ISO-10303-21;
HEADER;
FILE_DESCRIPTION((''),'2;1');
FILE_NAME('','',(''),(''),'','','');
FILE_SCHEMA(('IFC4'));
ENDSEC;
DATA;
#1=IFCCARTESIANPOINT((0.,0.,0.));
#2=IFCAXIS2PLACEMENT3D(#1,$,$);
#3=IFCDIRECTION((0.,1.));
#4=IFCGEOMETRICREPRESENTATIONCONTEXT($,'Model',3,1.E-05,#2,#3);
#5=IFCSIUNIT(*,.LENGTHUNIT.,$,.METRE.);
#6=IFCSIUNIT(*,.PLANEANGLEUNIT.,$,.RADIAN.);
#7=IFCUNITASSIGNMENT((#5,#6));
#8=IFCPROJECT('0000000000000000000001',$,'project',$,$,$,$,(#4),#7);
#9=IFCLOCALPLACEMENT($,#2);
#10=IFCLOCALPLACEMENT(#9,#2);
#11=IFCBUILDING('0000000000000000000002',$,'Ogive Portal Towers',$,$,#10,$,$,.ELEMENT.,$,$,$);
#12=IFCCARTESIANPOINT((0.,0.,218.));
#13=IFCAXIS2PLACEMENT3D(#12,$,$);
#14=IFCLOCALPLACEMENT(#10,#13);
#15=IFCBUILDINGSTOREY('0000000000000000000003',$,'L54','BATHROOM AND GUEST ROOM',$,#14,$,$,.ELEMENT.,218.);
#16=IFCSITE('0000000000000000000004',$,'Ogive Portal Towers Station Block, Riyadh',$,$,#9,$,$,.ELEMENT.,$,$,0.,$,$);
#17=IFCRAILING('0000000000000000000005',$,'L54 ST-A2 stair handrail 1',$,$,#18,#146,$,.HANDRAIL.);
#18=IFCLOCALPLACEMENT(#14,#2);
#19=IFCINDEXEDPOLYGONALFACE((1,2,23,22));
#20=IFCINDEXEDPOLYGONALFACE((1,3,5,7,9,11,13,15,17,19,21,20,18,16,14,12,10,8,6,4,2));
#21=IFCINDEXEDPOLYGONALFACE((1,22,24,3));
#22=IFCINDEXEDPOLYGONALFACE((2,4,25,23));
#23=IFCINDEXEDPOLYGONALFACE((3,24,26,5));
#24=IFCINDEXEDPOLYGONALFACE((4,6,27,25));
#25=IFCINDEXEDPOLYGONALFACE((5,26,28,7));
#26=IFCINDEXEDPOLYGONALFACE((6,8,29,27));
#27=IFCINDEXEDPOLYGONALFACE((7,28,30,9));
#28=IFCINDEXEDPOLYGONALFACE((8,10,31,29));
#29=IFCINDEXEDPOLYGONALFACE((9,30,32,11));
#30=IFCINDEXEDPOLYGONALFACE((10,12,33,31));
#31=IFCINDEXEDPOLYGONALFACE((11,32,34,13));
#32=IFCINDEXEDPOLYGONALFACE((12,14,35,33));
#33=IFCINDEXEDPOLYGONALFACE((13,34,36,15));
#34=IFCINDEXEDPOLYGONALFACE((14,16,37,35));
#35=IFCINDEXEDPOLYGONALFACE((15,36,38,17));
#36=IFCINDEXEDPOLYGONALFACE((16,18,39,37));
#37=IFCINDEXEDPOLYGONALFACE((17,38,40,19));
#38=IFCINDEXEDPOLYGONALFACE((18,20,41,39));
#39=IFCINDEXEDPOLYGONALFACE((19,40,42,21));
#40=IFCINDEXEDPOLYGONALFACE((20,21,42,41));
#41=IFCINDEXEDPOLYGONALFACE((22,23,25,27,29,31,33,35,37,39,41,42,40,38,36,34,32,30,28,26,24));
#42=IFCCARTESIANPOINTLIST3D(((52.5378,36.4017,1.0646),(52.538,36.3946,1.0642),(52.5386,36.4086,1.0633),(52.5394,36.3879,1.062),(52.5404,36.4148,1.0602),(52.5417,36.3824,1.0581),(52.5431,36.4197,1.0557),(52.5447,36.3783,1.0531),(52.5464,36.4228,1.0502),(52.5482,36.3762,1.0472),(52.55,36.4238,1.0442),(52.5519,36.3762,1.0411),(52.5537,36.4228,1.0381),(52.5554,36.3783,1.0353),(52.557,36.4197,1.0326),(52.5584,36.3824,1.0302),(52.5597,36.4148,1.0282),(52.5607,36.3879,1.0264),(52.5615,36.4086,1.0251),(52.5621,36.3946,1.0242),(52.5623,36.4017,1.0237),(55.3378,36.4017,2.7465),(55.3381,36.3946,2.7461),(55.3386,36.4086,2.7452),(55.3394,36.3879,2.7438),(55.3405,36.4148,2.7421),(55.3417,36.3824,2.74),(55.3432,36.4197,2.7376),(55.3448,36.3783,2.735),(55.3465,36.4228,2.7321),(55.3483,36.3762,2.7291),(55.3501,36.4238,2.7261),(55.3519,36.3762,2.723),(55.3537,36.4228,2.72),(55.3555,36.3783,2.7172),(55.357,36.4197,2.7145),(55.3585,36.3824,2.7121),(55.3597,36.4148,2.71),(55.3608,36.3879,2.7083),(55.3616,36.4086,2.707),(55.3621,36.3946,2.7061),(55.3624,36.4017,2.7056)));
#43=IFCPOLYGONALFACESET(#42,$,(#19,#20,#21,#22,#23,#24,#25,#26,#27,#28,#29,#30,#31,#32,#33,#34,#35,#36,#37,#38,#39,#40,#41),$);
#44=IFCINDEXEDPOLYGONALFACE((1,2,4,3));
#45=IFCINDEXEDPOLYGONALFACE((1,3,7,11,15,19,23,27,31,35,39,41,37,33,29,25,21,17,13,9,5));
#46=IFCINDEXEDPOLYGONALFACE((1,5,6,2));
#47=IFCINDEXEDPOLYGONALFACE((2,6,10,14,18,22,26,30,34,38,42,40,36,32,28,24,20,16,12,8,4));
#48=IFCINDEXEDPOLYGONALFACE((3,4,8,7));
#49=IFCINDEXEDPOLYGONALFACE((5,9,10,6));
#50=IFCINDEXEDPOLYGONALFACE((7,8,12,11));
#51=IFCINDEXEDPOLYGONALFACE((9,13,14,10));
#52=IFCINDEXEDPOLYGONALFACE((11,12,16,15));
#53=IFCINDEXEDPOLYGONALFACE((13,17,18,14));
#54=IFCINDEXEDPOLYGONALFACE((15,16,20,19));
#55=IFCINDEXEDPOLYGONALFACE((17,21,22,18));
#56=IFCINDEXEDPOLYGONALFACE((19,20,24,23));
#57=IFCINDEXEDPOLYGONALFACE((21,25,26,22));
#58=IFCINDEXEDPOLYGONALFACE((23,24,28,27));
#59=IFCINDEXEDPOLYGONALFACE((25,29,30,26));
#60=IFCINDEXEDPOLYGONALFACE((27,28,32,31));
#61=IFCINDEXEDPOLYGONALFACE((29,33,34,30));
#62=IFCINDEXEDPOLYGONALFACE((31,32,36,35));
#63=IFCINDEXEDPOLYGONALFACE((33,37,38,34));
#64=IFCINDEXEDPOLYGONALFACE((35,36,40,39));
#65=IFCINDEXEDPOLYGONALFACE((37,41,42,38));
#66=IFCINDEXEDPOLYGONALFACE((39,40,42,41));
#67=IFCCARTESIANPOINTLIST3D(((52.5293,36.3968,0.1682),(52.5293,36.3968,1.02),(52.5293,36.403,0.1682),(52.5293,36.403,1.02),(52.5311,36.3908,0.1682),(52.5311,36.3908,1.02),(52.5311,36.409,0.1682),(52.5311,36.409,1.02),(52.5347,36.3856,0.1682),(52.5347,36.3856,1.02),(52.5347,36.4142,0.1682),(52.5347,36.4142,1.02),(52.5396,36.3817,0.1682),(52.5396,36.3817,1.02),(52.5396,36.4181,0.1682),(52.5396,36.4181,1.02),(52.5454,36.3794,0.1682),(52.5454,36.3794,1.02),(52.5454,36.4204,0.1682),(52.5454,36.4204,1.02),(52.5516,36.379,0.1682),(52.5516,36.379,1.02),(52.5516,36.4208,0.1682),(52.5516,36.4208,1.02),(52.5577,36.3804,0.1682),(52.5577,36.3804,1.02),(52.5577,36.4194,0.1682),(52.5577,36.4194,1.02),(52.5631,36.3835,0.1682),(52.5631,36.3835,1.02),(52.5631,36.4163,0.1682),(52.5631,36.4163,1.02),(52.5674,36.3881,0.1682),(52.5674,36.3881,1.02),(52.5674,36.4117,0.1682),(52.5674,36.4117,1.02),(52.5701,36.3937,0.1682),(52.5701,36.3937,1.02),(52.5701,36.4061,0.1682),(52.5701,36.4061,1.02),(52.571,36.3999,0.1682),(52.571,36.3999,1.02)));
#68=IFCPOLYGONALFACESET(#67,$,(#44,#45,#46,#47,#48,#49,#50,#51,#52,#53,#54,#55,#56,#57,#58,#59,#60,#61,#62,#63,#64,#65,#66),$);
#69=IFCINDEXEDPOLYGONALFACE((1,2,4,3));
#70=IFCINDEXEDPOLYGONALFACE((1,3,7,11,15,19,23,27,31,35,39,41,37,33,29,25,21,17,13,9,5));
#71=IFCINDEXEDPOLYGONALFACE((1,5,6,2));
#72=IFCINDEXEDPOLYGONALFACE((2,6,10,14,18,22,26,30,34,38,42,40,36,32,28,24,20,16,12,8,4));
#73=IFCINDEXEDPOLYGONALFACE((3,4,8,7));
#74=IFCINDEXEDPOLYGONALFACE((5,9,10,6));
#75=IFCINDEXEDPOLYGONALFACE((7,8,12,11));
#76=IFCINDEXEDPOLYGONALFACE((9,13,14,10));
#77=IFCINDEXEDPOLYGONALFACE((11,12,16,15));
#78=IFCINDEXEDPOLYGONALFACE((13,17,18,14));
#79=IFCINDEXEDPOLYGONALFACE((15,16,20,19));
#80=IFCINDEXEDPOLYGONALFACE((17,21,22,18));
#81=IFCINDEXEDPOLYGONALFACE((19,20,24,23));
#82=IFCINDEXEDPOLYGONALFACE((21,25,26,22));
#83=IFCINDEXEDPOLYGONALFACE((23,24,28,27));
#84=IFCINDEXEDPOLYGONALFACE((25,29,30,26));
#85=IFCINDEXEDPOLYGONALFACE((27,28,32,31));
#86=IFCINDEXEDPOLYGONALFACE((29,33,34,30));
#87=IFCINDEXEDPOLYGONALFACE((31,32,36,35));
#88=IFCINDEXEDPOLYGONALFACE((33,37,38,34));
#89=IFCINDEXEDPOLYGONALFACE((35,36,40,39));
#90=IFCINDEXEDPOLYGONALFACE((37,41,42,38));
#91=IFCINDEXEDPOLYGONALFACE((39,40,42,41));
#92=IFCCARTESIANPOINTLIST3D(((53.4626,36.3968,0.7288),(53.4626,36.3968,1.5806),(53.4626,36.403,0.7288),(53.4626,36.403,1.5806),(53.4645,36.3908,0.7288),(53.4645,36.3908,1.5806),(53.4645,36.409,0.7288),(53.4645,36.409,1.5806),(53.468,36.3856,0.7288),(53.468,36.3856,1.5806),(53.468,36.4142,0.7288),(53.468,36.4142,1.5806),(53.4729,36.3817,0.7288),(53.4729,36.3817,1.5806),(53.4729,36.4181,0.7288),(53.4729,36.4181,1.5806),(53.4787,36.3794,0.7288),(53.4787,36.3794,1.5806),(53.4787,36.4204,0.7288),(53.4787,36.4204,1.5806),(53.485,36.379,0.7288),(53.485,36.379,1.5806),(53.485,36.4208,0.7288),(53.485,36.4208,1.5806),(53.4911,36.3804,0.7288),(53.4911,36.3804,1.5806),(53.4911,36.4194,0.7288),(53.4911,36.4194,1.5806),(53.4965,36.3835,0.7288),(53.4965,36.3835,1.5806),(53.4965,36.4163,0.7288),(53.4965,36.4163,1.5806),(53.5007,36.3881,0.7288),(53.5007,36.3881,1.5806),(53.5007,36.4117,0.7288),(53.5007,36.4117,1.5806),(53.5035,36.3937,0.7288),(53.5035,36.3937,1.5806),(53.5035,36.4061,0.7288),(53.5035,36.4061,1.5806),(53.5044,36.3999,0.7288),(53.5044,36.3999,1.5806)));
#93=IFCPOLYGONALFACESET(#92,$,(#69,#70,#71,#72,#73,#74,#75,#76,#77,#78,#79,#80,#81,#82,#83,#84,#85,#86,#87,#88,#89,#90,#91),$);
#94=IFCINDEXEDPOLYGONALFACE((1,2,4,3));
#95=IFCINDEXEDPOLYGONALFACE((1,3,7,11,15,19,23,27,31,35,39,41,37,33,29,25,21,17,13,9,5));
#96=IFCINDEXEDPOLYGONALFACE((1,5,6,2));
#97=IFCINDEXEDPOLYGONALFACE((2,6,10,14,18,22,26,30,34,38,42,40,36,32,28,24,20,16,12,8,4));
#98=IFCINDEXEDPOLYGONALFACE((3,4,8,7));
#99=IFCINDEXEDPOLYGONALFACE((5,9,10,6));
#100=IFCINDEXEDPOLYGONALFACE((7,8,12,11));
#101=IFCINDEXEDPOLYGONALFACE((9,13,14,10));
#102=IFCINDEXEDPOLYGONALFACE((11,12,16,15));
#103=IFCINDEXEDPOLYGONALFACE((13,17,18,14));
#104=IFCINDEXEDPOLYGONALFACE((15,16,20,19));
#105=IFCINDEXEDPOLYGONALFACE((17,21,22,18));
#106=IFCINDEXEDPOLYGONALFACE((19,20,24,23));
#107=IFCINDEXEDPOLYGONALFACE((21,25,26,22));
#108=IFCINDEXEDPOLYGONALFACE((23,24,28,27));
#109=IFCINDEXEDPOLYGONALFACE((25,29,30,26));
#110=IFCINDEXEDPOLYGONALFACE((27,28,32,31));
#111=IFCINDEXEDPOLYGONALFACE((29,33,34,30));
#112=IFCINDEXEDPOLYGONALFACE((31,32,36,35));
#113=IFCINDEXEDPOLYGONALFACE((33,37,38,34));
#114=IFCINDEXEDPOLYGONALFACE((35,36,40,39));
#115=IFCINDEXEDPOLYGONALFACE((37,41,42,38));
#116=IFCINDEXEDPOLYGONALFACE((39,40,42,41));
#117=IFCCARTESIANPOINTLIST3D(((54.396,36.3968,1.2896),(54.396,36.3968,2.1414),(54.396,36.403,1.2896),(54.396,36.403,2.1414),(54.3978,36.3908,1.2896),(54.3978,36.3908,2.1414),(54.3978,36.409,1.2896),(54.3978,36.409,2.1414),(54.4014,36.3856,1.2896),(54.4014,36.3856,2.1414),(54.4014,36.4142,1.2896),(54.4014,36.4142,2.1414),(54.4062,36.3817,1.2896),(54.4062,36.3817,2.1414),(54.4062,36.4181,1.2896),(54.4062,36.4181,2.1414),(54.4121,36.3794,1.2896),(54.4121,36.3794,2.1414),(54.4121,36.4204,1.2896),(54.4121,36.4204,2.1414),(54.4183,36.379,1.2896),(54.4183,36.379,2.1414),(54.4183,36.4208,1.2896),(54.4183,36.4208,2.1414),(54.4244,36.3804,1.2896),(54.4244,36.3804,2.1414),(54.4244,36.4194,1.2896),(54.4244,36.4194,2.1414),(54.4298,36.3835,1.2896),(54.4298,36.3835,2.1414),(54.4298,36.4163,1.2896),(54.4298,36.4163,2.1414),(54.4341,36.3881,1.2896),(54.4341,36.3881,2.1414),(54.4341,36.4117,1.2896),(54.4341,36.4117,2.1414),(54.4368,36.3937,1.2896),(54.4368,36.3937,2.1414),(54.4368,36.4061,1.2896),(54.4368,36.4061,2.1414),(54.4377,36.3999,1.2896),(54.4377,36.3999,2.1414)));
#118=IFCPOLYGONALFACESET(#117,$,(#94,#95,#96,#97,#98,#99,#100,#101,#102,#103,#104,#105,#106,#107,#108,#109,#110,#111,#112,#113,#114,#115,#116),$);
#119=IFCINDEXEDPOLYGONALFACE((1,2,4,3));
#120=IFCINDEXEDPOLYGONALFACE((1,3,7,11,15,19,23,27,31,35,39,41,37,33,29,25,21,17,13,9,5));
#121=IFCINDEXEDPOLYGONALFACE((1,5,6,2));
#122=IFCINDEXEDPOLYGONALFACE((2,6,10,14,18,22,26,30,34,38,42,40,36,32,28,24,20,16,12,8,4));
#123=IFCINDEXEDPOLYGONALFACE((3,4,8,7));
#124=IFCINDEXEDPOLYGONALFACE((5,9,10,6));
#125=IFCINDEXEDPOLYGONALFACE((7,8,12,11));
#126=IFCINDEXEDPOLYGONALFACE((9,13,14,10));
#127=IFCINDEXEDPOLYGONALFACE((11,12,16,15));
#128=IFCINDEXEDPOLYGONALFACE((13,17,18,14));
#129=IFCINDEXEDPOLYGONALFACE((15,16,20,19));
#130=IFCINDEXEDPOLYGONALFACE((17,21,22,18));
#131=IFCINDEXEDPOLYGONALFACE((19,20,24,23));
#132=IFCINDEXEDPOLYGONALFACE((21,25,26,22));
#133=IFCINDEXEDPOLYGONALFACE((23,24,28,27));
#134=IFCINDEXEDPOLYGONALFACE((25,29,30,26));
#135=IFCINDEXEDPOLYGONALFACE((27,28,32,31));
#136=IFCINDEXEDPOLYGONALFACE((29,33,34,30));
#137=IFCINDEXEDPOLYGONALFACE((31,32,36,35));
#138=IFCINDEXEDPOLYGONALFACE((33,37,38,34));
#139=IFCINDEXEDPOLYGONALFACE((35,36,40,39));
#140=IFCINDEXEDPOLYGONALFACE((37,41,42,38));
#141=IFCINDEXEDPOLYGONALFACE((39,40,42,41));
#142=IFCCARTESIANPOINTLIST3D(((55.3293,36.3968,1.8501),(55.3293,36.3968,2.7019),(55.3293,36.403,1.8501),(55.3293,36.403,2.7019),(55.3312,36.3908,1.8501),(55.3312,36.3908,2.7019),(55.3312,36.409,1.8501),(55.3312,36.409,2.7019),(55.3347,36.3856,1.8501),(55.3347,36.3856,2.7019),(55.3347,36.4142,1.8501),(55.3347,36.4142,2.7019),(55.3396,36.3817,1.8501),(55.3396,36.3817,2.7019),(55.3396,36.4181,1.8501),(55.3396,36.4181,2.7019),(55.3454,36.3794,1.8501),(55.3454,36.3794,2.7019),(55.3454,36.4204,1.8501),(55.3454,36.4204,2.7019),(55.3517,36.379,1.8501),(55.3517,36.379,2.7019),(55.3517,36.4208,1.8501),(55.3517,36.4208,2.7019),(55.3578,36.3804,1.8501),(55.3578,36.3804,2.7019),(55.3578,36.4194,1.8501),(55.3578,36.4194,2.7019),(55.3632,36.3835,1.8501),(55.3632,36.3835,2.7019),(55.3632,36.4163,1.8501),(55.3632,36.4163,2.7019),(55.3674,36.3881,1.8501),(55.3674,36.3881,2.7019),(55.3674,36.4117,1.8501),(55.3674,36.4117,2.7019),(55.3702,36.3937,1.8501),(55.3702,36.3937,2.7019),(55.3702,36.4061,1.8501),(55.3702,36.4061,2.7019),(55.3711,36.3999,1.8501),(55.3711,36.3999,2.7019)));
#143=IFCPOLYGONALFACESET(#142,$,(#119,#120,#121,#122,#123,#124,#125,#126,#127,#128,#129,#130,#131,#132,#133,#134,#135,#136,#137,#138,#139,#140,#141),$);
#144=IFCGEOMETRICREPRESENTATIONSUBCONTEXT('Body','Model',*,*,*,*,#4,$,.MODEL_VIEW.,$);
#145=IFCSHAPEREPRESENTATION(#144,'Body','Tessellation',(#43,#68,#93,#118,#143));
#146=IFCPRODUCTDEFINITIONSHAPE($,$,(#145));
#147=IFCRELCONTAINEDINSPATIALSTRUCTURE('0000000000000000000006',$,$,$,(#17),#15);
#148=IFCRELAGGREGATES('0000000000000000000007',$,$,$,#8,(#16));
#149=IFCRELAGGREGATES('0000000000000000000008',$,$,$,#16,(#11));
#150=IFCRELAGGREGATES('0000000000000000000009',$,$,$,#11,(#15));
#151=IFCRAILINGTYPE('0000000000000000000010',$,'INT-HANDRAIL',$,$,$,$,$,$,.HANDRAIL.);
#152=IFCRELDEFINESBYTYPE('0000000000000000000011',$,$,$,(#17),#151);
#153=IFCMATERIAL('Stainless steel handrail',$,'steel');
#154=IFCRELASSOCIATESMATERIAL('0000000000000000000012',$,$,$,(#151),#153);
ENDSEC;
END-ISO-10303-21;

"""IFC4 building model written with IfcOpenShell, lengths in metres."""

from ifc_helpers import new_model, si_unit, direction, frame, origin, origin_2d, place, context, subcontext, project, spatial, circle, extrude, material, type_object, element, save


model = new_model("IFC4")

# Units and contexts
model_context = context("Model", 3, precision=1e-05, world=origin(), true_north=direction((0.0, 1.0)))
body_context = subcontext(model_context, "Body", "Model", "MODEL_VIEW")
ifc_project = project(units=[si_unit("LENGTHUNIT", "METRE"), si_unit("PLANEANGLEUNIT", "RADIAN")], contexts=[model_context])

# Site, building, storey
site_placement = place(None, origin())
site = spatial("IfcSite", under=ifc_project, at=site_placement, Name="Ogive Portal Towers Station Block, Riyadh", CompositionType="ELEMENT", RefElevation=0.0)
building_placement = place(site_placement, origin())
building = spatial("IfcBuilding", under=site, at=building_placement, Name="Ogive Portal Towers", CompositionType="ELEMENT")
storey_placement = place(building_placement, frame((0.0, 0.0, 218.0)))
storey = spatial("IfcBuildingStorey", under=building, at=storey_placement, Name="L54", Description="BATHROOM AND GUEST ROOM", CompositionType="ELEMENT", Elevation=218.0)

# Railing
ifc_material_1 = material(Name="Stainless steel handrail", Category="steel")
railing_type_1 = type_object("IfcRailingType", Name="INT-HANDRAIL", PredefinedType="HANDRAIL", material=ifc_material_1)
railing_1_placement = place(storey_placement, frame((52.55, 36.3999, 0.1682)))
element("IfcRailing", 1, at=railing_1_placement, inside=storey, type_object=railing_type_1, Name="L54 ST-A2 stair handrail 1", PredefinedType="HANDRAIL", context=body_context, shape_type="SweptSolid", body=[
    extrude(circle(Radius=0.0239, at=origin_2d()), frame((0.0, 0.0, 0.876), z_axis=(0.857242, 0.0, 0.514913), x_axis=(0.0, 1.0, 0.0)), (0.0, 0.0, 1.0), 3.2664),
    extrude(circle(Radius=0.021, at=origin_2d()), origin(), (0.0, 0.0, 1.0), 0.8518),
    extrude(circle(Radius=0.021, at=origin_2d()), frame((0.9333, 0.0, 0.5605)), (0.0, 0.0, 1.0), 0.8518),
    extrude(circle(Radius=0.021, at=origin_2d()), frame((1.8667, 0.0, 1.1213)), (0.0, 0.0, 1.0), 0.8518),
    extrude(circle(Radius=0.021, at=origin_2d()), frame((2.8, 0.0, 1.6819)), (0.0, 0.0, 1.0), 0.8518),
])

save(model, "model.ifc")
